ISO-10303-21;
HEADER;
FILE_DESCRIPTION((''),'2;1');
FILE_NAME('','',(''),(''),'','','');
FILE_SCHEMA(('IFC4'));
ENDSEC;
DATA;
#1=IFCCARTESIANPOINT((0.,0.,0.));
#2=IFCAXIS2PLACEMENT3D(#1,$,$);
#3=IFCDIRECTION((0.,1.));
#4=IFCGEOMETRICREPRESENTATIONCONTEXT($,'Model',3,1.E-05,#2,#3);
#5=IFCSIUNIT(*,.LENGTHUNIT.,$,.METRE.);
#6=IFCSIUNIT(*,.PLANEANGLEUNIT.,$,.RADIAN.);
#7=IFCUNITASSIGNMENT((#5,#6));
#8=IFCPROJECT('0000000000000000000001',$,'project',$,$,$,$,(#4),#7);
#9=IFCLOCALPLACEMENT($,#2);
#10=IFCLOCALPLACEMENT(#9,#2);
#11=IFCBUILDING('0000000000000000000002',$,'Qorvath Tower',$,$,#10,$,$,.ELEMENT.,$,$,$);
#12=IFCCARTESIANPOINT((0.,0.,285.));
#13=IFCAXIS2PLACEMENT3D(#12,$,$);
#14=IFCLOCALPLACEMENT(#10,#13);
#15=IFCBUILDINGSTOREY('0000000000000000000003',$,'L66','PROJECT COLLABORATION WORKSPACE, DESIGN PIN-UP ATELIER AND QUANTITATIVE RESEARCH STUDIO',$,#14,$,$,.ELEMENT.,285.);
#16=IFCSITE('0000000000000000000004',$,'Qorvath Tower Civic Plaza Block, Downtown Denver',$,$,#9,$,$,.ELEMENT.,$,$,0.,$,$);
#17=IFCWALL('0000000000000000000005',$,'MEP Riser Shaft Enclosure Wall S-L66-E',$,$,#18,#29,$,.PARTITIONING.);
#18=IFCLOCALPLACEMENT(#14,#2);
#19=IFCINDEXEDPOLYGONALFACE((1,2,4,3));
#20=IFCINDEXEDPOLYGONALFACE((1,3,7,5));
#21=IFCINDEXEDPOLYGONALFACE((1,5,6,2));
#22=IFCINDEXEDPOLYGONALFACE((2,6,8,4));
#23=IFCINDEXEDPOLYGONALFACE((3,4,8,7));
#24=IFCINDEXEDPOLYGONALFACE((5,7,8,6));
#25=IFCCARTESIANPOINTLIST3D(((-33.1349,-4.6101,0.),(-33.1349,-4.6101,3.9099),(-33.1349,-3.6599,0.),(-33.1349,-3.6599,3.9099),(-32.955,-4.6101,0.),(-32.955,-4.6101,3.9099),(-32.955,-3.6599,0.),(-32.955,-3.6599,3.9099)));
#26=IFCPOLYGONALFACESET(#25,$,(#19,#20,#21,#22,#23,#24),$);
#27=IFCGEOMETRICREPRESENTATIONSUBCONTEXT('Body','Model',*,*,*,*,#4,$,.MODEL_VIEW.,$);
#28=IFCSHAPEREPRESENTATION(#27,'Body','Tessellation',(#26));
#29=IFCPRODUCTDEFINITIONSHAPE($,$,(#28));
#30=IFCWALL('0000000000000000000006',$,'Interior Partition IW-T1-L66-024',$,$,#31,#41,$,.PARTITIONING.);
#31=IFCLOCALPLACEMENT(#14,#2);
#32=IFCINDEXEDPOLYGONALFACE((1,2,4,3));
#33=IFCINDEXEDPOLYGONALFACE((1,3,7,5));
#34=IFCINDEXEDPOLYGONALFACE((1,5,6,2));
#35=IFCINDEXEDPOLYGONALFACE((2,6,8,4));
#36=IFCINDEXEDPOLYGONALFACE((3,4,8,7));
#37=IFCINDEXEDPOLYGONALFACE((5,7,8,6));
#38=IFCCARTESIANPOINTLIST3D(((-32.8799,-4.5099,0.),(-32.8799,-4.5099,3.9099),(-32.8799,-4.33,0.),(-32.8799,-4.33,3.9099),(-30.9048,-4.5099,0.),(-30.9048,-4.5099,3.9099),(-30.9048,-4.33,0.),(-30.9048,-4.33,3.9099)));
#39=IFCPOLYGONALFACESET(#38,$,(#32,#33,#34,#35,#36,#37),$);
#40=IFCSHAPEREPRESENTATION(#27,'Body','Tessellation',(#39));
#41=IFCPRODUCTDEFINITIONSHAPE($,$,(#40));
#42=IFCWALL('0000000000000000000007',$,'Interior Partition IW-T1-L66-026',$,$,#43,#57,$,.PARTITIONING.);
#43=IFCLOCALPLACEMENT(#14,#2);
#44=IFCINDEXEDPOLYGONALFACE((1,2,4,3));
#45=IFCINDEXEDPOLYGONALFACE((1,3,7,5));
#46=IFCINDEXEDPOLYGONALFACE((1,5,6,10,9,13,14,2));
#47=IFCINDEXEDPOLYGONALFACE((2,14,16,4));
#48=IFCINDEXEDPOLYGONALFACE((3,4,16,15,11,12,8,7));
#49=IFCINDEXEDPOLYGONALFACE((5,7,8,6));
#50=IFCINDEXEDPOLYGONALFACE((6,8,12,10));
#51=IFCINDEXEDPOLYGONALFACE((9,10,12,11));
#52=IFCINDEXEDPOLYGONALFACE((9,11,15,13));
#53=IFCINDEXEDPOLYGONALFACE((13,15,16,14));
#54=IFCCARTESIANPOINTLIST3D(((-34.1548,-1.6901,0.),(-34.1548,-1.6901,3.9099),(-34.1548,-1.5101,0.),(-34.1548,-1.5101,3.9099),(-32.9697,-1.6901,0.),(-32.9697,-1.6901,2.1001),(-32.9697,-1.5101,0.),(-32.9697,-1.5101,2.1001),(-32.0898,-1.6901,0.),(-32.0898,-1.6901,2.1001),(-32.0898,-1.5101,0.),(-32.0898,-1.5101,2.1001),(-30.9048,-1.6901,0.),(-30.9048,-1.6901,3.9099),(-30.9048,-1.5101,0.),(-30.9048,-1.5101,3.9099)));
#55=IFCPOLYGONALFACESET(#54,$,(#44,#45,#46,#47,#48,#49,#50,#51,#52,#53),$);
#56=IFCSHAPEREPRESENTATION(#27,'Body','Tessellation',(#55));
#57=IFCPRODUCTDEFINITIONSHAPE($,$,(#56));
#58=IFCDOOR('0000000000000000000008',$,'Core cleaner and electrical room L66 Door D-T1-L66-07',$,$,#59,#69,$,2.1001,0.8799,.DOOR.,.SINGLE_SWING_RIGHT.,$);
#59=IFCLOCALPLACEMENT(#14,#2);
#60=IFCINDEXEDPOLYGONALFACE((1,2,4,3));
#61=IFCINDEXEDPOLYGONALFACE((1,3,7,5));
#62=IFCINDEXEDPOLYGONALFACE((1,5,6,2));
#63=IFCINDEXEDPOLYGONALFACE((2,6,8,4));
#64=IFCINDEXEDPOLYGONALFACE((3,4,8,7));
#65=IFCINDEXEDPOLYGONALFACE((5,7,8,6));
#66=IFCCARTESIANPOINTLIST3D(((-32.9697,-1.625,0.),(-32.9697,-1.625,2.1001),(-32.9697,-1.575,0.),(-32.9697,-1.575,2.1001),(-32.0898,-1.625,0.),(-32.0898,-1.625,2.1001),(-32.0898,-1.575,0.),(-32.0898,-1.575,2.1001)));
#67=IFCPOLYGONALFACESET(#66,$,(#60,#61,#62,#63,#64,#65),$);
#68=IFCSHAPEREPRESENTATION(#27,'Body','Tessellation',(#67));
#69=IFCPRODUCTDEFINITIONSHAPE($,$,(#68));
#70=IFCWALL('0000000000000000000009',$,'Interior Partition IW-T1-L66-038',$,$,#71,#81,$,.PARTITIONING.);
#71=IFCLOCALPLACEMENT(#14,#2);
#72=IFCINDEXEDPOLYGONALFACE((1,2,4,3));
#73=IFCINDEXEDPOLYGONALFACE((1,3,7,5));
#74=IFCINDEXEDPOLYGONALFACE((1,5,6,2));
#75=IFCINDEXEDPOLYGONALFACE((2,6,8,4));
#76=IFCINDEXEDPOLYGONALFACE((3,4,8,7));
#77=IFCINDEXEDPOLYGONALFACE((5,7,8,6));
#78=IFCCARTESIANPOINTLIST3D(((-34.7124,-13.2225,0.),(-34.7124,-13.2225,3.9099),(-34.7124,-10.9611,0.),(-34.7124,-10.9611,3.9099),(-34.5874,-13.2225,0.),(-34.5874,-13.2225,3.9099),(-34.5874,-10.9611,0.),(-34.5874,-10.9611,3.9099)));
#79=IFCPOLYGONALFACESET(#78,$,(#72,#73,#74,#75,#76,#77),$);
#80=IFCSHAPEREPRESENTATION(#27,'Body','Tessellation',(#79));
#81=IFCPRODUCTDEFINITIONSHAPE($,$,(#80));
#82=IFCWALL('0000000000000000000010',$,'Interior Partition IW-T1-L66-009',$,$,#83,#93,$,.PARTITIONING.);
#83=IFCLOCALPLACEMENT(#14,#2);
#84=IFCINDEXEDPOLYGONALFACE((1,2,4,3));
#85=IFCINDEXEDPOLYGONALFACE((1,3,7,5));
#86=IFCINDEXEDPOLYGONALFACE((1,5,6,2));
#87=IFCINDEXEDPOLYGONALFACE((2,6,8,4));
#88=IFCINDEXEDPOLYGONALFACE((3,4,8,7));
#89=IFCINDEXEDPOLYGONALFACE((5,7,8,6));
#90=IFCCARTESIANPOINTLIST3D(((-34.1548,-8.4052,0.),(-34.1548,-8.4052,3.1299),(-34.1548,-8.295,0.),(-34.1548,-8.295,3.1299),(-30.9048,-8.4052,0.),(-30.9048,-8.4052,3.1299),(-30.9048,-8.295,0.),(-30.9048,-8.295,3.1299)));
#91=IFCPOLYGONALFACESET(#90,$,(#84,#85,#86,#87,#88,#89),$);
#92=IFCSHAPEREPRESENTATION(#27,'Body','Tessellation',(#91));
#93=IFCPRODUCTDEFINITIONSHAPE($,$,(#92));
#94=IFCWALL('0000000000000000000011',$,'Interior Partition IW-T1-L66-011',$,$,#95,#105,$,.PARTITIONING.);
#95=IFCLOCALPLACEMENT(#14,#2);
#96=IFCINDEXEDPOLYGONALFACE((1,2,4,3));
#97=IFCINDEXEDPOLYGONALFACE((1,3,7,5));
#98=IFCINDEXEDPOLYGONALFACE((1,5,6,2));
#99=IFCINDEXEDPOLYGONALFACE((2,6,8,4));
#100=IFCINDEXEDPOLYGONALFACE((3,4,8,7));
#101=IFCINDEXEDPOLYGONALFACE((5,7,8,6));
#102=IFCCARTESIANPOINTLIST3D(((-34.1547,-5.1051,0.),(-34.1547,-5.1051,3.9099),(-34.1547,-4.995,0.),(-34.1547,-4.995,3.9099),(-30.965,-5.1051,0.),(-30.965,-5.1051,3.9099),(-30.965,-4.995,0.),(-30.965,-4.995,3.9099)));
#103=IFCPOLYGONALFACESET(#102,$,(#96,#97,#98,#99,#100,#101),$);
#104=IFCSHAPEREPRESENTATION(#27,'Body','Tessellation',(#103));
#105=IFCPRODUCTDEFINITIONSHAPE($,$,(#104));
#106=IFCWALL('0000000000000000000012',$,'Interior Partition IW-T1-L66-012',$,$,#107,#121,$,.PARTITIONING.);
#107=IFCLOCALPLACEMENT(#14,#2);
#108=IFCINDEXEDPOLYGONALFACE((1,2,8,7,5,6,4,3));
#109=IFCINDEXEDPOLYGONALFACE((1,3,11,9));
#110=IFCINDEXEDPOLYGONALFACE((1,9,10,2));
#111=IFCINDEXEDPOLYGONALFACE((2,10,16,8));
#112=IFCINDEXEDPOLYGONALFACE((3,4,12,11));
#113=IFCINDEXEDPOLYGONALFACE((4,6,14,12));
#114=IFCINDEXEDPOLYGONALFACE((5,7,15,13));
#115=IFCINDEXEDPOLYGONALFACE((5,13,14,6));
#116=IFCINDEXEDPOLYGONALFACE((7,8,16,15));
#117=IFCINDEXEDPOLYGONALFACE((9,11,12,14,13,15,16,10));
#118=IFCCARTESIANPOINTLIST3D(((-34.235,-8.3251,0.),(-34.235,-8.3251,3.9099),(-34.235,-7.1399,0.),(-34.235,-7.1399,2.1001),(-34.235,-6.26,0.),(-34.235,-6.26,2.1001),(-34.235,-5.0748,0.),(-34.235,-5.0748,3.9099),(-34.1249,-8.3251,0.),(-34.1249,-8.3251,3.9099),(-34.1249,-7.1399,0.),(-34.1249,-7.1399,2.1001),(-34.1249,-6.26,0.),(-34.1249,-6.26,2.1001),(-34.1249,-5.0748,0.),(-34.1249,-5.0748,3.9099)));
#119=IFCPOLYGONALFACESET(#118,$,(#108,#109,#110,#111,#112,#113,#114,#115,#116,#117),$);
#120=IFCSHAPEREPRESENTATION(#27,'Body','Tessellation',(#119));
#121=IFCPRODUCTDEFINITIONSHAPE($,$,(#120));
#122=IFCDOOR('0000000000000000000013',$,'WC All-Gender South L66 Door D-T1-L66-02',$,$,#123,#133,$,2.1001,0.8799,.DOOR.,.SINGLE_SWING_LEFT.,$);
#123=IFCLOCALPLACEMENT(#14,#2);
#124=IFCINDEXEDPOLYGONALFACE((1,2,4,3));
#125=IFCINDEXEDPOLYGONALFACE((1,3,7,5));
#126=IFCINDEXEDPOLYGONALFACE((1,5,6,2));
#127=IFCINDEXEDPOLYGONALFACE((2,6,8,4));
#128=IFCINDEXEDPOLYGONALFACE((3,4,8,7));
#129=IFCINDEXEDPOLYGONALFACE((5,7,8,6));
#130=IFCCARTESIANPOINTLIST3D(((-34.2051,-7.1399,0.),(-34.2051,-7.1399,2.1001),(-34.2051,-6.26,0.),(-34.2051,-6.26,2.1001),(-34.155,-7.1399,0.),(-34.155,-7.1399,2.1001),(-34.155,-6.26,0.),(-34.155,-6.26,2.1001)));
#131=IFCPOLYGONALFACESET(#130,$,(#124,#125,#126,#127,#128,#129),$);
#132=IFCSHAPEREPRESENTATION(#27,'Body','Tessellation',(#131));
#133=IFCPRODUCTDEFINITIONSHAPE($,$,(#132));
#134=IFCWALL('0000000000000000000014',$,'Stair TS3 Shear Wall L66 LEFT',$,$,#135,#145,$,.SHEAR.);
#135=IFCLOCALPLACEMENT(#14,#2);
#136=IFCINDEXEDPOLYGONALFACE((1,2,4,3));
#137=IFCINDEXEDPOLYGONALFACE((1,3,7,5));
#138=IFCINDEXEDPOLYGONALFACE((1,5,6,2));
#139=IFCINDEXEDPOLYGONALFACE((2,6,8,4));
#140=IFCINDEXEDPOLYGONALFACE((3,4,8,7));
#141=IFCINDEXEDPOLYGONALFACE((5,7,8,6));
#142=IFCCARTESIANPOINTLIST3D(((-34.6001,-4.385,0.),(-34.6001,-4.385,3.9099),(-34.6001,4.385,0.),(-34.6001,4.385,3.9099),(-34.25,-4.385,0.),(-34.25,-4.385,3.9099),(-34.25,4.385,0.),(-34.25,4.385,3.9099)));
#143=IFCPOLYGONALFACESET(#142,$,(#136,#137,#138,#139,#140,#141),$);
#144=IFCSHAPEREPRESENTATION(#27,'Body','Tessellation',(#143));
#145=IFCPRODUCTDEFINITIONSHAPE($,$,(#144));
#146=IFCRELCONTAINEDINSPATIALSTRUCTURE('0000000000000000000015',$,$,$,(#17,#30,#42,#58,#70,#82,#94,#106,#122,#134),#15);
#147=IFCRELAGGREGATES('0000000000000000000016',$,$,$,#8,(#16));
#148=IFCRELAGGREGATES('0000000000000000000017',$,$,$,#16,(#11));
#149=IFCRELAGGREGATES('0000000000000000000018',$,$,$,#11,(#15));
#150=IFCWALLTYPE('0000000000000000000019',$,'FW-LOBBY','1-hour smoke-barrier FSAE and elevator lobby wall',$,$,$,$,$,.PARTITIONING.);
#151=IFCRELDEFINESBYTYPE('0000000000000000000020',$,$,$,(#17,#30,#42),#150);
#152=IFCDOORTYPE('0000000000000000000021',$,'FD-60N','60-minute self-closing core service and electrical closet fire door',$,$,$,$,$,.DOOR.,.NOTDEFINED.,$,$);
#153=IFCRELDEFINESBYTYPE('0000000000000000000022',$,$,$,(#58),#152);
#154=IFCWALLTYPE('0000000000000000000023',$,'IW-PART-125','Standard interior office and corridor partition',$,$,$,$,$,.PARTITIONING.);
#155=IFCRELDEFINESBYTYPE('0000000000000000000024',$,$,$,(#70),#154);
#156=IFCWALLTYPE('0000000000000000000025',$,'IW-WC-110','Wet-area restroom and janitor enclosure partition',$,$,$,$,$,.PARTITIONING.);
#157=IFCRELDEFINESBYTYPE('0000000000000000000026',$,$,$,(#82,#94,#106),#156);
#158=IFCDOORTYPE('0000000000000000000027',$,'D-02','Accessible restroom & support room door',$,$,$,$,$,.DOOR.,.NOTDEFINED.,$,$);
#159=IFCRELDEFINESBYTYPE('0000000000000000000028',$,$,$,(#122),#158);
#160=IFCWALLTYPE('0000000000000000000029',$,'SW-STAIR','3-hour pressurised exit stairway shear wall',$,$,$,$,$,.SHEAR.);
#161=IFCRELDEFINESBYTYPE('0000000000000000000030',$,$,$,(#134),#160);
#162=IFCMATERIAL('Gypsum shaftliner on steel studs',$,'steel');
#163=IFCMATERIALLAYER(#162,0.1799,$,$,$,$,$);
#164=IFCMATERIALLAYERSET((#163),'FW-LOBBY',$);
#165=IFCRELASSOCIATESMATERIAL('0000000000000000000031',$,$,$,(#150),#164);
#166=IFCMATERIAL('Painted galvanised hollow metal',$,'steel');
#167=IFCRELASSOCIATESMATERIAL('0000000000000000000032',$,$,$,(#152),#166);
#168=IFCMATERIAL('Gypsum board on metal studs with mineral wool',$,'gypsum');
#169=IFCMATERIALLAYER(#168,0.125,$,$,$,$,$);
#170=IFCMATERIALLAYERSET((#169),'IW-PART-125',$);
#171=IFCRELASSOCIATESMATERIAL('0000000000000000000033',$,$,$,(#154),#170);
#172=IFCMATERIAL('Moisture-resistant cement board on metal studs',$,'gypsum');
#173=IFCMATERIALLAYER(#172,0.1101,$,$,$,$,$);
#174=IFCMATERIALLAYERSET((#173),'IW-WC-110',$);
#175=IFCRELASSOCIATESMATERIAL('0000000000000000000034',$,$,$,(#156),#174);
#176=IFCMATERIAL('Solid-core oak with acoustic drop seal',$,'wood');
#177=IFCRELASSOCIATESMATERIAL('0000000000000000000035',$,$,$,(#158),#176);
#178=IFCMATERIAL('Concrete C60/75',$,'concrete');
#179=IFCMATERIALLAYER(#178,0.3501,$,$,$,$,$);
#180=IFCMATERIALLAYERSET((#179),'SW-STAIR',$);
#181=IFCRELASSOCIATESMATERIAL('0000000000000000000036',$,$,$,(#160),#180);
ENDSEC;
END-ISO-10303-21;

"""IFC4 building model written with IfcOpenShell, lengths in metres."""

from ifc_helpers import new_model, si_unit, direction, frame, frame_2d, origin, place, context, subcontext, project, spatial, rectangle, extrude, material, layer, layer_set, type_object, element, fill, save


model = new_model("IFC4")

# Units and contexts
model_context = context("Model", 3, precision=1e-05, world=origin(), true_north=direction((0.0, 1.0)))
body_context = subcontext(model_context, "Body", "Model", "MODEL_VIEW")
ifc_project = project(units=[si_unit("LENGTHUNIT", "METRE"), si_unit("PLANEANGLEUNIT", "RADIAN")], contexts=[model_context])

# Site, building, storey
site_placement = place(None, origin())
site = spatial("IfcSite", under=ifc_project, at=site_placement, Name="Qorvath Tower Civic Plaza Block, Downtown Denver", CompositionType="ELEMENT", RefElevation=0.0)
building_placement = place(site_placement, origin())
building = spatial("IfcBuilding", under=site, at=building_placement, Name="Qorvath Tower", CompositionType="ELEMENT")
storey_placement = place(building_placement, frame((0.0, 0.0, 285.0)))
storey = spatial("IfcBuildingStorey", under=building, at=storey_placement, Name="L66", Description="PROJECT COLLABORATION WORKSPACE, DESIGN PIN-UP ATELIER AND QUANTITATIVE RESEARCH STUDIO", CompositionType="ELEMENT", Elevation=285.0)

# Walls
ifc_material_1 = material(Name="Gypsum shaftliner on steel studs", Category="steel")
ifc_layer_1 = layer(ifc_material_1, 0.1799)
ifc_layer_set_1 = layer_set([ifc_layer_1], Name="FW-LOBBY")
wall_type_1 = type_object("IfcWallType", Name="FW-LOBBY", Description="1-hour smoke-barrier FSAE and elevator lobby wall", PredefinedType="PARTITIONING", material=ifc_layer_set_1)
for number, where, z_axis, x_axis, name in (
    (1, (-33.0449, -3.6599, 0.0), (0.0, 0.0, 1.0), (0.0, -1.0, 0.0), "MEP Riser Shaft Enclosure Wall S-L66-E"),
):
    element("IfcWall", number, at=place(storey_placement, frame(where, z_axis=z_axis, x_axis=x_axis)), inside=storey, type_object=wall_type_1, Name=name, PredefinedType="PARTITIONING", context=body_context, shape_type="SweptSolid", body=[
        extrude(rectangle(XDim=0.9502, YDim=0.1799, at=frame_2d((0.4751, 0.0))), origin(), (0.0, 0.0, 1.0), 3.9099),
    ])
wall_1_placement = place(storey_placement, frame((-32.8799, -4.4199, 0.0), z_axis=(0.0, 0.0, 1.0), x_axis=(1.0, 0.0, 0.0)))
element("IfcWall", 2, at=wall_1_placement, inside=storey, type_object=wall_type_1, Name="Interior Partition IW-T1-L66-024", PredefinedType="PARTITIONING", context=body_context, shape_type="SweptSolid", body=[
    extrude(rectangle(XDim=1.9751, YDim=0.1799, at=frame_2d((0.9875, 0.0))), origin(), (0.0, 0.0, 1.0), 3.9099),
])

# Wall, opening, door
wall_2_placement = place(storey_placement, frame((-30.9048, -1.6001, 0.0), z_axis=(0.0, 0.0, 1.0), x_axis=(-1.0, 0.0, 0.0)))
wall_2 = element("IfcWall", 3, at=wall_2_placement, inside=storey, type_object=wall_type_1, Name="Interior Partition IW-T1-L66-026", PredefinedType="PARTITIONING", context=body_context, shape_type="SweptSolid", body=[
    extrude(rectangle(XDim=3.25, YDim=0.1799, at=frame_2d((1.625, 0.0))), origin(), (0.0, 0.0, 1.0), 3.9099),
])
opening_1_placement = place(wall_2_placement, frame((1.1851, 0.0, 0.0)))
opening_1 = element("IfcOpeningElement", 4, at=opening_1_placement, cuts=wall_2, PredefinedType="OPENING", context=body_context, shape_type="SweptSolid", body=[
    extrude(rectangle(XDim=0.8799, YDim=2.1001, at=frame_2d((0.4399, 1.05))), frame((0.0, 0.1001, 0.0), z_axis=(0.0, -1.0, 0.0), x_axis=(1.0, 0.0, 0.0)), (0.0, 0.0, 1.0), 0.2),
])
ifc_material_2 = material(Name="Painted galvanised hollow metal", Category="steel")
door_type_1 = type_object("IfcDoorType", Name="FD-60N", Description="60-minute self-closing core service and electrical closet fire door", OperationType="NOTDEFINED", PredefinedType="DOOR", material=ifc_material_2)
door_1_placement = place(opening_1_placement, origin())
door_1 = element("IfcDoor", 5, at=door_1_placement, inside=storey, type_object=door_type_1, Name="Core cleaner and electrical room L66 Door D-T1-L66-07", OperationType="SINGLE_SWING_RIGHT", OverallHeight=2.1001, OverallWidth=0.8799, PredefinedType="DOOR", context=body_context, shape_type="SweptSolid", body=[
    extrude(rectangle(XDim=0.8799, YDim=2.1001, at=frame_2d((0.4399, 1.05))), frame((0.0, 0.0249, 0.0), z_axis=(0.0, -1.0, 0.0), x_axis=(1.0, 0.0, 0.0)), (0.0, 0.0, 1.0), 0.05),
])
fill(opening_1, door_1)

# Walls
ifc_material_3 = material(Name="Gypsum board on metal studs with mineral wool", Category="gypsum")
ifc_layer_2 = layer(ifc_material_3, 0.125)
ifc_layer_set_2 = layer_set([ifc_layer_2], Name="IW-PART-125")
wall_type_2 = type_object("IfcWallType", Name="IW-PART-125", Description="Standard interior office and corridor partition", PredefinedType="PARTITIONING", material=ifc_layer_set_2)
wall_3_placement = place(storey_placement, frame((-34.6499, -10.9609, 0.0), z_axis=(0.0, 0.0, 1.0), x_axis=(0.0, -1.0, 0.0)))
element("IfcWall", 6, at=wall_3_placement, inside=storey, type_object=wall_type_2, Name="Interior Partition IW-T1-L66-038", PredefinedType="PARTITIONING", context=body_context, shape_type="SweptSolid", body=[
    extrude(rectangle(XDim=2.2615, YDim=0.125, at=frame_2d((1.1309, 0.0))), origin(), (0.0, 0.0, 1.0), 3.9099),
])
ifc_material_4 = material(Name="Moisture-resistant cement board on metal studs", Category="gypsum")
ifc_layer_3 = layer(ifc_material_4, 0.1101)
ifc_layer_set_3 = layer_set([ifc_layer_3], Name="IW-WC-110")
wall_type_3 = type_object("IfcWallType", Name="IW-WC-110", Description="Wet-area restroom and janitor enclosure partition", PredefinedType="PARTITIONING", material=ifc_layer_set_3)
wall_4_placement = place(storey_placement, frame((-34.1548, -8.3501, 0.0), z_axis=(0.0, 0.0, 1.0), x_axis=(1.0, 0.0, 0.0)))
element("IfcWall", 7, at=wall_4_placement, inside=storey, type_object=wall_type_3, Name="Interior Partition IW-T1-L66-009", PredefinedType="PARTITIONING", context=body_context, shape_type="SweptSolid", body=[
    extrude(rectangle(XDim=3.25, YDim=0.1101, at=frame_2d((1.625, 0.0))), origin(), (0.0, 0.0, 1.0), 3.1299),
])
wall_5_placement = place(storey_placement, frame((-30.9651, -5.05, 0.0), z_axis=(0.0, 0.0, 1.0), x_axis=(-1.0, 0.0, 0.0)))
element("IfcWall", 8, at=wall_5_placement, inside=storey, type_object=wall_type_3, Name="Interior Partition IW-T1-L66-011", PredefinedType="PARTITIONING", context=body_context, shape_type="SweptSolid", body=[
    extrude(rectangle(XDim=3.1897, YDim=0.1101, at=frame_2d((1.5947, 0.0))), origin(), (0.0, 0.0, 1.0), 3.9099),
])

# Wall, opening, door
wall_6_placement = place(storey_placement, frame((-34.1799, -5.075, 0.0), z_axis=(0.0, 0.0, 1.0), x_axis=(0.0, -1.0, 0.0)))
wall_6 = element("IfcWall", 9, at=wall_6_placement, inside=storey, type_object=wall_type_3, Name="Interior Partition IW-T1-L66-012", PredefinedType="PARTITIONING", context=body_context, shape_type="SweptSolid", body=[
    extrude(rectangle(XDim=3.2502, YDim=0.1101, at=frame_2d((1.625, 0.0))), origin(), (0.0, 0.0, 1.0), 3.9099),
])
opening_2_placement = place(wall_6_placement, frame((1.1851, 0.0, 0.0)))
opening_2 = element("IfcOpeningElement", 10, at=opening_2_placement, cuts=wall_6, PredefinedType="OPENING", context=body_context, shape_type="SweptSolid", body=[
    extrude(rectangle(XDim=0.8799, YDim=2.1001, at=frame_2d((0.4399, 1.05))), frame((0.0, 0.0649, 0.0), z_axis=(0.0, -1.0, 0.0), x_axis=(1.0, 0.0, 0.0)), (0.0, 0.0, 1.0), 0.1301),
])
ifc_material_5 = material(Name="Solid-core oak with acoustic drop seal", Category="wood")
door_type_2 = type_object("IfcDoorType", Name="D-02", Description="Accessible restroom & support room door", OperationType="NOTDEFINED", PredefinedType="DOOR", material=ifc_material_5)
door_2_placement = place(opening_2_placement, origin())
door_2 = element("IfcDoor", 11, at=door_2_placement, inside=storey, type_object=door_type_2, Name="WC All-Gender South L66 Door D-T1-L66-02", OperationType="SINGLE_SWING_LEFT", OverallHeight=2.1001, OverallWidth=0.8799, PredefinedType="DOOR", context=body_context, shape_type="SweptSolid", body=[
    extrude(rectangle(XDim=0.8799, YDim=2.1001, at=frame_2d((0.4399, 1.05))), frame((0.0, 0.0249, 0.0), z_axis=(0.0, -1.0, 0.0), x_axis=(1.0, 0.0, 0.0)), (0.0, 0.0, 1.0), 0.05),
])
fill(opening_2, door_2)

# Wall
ifc_material_6 = material(Name="Concrete C60/75", Category="concrete")
ifc_layer_4 = layer(ifc_material_6, 0.3501)
ifc_layer_set_4 = layer_set([ifc_layer_4], Name="SW-STAIR")
wall_type_4 = type_object("IfcWallType", Name="SW-STAIR", Description="3-hour pressurised exit stairway shear wall", PredefinedType="SHEAR", material=ifc_layer_set_4)
wall_7_placement = place(storey_placement, frame((-34.425, -4.385, 0.0), z_axis=(0.0, 0.0, 1.0), x_axis=(0.0, 1.0, 0.0)))
element("IfcWall", 12, at=wall_7_placement, inside=storey, type_object=wall_type_4, Name="Stair TS3 Shear Wall L66 LEFT", PredefinedType="SHEAR", context=body_context, shape_type="SweptSolid", body=[
    extrude(rectangle(XDim=8.77, YDim=0.3501, at=frame_2d((4.385, 0.0))), origin(), (0.0, 0.0, 1.0), 3.9099),
])

save(model, "model.ifc")
